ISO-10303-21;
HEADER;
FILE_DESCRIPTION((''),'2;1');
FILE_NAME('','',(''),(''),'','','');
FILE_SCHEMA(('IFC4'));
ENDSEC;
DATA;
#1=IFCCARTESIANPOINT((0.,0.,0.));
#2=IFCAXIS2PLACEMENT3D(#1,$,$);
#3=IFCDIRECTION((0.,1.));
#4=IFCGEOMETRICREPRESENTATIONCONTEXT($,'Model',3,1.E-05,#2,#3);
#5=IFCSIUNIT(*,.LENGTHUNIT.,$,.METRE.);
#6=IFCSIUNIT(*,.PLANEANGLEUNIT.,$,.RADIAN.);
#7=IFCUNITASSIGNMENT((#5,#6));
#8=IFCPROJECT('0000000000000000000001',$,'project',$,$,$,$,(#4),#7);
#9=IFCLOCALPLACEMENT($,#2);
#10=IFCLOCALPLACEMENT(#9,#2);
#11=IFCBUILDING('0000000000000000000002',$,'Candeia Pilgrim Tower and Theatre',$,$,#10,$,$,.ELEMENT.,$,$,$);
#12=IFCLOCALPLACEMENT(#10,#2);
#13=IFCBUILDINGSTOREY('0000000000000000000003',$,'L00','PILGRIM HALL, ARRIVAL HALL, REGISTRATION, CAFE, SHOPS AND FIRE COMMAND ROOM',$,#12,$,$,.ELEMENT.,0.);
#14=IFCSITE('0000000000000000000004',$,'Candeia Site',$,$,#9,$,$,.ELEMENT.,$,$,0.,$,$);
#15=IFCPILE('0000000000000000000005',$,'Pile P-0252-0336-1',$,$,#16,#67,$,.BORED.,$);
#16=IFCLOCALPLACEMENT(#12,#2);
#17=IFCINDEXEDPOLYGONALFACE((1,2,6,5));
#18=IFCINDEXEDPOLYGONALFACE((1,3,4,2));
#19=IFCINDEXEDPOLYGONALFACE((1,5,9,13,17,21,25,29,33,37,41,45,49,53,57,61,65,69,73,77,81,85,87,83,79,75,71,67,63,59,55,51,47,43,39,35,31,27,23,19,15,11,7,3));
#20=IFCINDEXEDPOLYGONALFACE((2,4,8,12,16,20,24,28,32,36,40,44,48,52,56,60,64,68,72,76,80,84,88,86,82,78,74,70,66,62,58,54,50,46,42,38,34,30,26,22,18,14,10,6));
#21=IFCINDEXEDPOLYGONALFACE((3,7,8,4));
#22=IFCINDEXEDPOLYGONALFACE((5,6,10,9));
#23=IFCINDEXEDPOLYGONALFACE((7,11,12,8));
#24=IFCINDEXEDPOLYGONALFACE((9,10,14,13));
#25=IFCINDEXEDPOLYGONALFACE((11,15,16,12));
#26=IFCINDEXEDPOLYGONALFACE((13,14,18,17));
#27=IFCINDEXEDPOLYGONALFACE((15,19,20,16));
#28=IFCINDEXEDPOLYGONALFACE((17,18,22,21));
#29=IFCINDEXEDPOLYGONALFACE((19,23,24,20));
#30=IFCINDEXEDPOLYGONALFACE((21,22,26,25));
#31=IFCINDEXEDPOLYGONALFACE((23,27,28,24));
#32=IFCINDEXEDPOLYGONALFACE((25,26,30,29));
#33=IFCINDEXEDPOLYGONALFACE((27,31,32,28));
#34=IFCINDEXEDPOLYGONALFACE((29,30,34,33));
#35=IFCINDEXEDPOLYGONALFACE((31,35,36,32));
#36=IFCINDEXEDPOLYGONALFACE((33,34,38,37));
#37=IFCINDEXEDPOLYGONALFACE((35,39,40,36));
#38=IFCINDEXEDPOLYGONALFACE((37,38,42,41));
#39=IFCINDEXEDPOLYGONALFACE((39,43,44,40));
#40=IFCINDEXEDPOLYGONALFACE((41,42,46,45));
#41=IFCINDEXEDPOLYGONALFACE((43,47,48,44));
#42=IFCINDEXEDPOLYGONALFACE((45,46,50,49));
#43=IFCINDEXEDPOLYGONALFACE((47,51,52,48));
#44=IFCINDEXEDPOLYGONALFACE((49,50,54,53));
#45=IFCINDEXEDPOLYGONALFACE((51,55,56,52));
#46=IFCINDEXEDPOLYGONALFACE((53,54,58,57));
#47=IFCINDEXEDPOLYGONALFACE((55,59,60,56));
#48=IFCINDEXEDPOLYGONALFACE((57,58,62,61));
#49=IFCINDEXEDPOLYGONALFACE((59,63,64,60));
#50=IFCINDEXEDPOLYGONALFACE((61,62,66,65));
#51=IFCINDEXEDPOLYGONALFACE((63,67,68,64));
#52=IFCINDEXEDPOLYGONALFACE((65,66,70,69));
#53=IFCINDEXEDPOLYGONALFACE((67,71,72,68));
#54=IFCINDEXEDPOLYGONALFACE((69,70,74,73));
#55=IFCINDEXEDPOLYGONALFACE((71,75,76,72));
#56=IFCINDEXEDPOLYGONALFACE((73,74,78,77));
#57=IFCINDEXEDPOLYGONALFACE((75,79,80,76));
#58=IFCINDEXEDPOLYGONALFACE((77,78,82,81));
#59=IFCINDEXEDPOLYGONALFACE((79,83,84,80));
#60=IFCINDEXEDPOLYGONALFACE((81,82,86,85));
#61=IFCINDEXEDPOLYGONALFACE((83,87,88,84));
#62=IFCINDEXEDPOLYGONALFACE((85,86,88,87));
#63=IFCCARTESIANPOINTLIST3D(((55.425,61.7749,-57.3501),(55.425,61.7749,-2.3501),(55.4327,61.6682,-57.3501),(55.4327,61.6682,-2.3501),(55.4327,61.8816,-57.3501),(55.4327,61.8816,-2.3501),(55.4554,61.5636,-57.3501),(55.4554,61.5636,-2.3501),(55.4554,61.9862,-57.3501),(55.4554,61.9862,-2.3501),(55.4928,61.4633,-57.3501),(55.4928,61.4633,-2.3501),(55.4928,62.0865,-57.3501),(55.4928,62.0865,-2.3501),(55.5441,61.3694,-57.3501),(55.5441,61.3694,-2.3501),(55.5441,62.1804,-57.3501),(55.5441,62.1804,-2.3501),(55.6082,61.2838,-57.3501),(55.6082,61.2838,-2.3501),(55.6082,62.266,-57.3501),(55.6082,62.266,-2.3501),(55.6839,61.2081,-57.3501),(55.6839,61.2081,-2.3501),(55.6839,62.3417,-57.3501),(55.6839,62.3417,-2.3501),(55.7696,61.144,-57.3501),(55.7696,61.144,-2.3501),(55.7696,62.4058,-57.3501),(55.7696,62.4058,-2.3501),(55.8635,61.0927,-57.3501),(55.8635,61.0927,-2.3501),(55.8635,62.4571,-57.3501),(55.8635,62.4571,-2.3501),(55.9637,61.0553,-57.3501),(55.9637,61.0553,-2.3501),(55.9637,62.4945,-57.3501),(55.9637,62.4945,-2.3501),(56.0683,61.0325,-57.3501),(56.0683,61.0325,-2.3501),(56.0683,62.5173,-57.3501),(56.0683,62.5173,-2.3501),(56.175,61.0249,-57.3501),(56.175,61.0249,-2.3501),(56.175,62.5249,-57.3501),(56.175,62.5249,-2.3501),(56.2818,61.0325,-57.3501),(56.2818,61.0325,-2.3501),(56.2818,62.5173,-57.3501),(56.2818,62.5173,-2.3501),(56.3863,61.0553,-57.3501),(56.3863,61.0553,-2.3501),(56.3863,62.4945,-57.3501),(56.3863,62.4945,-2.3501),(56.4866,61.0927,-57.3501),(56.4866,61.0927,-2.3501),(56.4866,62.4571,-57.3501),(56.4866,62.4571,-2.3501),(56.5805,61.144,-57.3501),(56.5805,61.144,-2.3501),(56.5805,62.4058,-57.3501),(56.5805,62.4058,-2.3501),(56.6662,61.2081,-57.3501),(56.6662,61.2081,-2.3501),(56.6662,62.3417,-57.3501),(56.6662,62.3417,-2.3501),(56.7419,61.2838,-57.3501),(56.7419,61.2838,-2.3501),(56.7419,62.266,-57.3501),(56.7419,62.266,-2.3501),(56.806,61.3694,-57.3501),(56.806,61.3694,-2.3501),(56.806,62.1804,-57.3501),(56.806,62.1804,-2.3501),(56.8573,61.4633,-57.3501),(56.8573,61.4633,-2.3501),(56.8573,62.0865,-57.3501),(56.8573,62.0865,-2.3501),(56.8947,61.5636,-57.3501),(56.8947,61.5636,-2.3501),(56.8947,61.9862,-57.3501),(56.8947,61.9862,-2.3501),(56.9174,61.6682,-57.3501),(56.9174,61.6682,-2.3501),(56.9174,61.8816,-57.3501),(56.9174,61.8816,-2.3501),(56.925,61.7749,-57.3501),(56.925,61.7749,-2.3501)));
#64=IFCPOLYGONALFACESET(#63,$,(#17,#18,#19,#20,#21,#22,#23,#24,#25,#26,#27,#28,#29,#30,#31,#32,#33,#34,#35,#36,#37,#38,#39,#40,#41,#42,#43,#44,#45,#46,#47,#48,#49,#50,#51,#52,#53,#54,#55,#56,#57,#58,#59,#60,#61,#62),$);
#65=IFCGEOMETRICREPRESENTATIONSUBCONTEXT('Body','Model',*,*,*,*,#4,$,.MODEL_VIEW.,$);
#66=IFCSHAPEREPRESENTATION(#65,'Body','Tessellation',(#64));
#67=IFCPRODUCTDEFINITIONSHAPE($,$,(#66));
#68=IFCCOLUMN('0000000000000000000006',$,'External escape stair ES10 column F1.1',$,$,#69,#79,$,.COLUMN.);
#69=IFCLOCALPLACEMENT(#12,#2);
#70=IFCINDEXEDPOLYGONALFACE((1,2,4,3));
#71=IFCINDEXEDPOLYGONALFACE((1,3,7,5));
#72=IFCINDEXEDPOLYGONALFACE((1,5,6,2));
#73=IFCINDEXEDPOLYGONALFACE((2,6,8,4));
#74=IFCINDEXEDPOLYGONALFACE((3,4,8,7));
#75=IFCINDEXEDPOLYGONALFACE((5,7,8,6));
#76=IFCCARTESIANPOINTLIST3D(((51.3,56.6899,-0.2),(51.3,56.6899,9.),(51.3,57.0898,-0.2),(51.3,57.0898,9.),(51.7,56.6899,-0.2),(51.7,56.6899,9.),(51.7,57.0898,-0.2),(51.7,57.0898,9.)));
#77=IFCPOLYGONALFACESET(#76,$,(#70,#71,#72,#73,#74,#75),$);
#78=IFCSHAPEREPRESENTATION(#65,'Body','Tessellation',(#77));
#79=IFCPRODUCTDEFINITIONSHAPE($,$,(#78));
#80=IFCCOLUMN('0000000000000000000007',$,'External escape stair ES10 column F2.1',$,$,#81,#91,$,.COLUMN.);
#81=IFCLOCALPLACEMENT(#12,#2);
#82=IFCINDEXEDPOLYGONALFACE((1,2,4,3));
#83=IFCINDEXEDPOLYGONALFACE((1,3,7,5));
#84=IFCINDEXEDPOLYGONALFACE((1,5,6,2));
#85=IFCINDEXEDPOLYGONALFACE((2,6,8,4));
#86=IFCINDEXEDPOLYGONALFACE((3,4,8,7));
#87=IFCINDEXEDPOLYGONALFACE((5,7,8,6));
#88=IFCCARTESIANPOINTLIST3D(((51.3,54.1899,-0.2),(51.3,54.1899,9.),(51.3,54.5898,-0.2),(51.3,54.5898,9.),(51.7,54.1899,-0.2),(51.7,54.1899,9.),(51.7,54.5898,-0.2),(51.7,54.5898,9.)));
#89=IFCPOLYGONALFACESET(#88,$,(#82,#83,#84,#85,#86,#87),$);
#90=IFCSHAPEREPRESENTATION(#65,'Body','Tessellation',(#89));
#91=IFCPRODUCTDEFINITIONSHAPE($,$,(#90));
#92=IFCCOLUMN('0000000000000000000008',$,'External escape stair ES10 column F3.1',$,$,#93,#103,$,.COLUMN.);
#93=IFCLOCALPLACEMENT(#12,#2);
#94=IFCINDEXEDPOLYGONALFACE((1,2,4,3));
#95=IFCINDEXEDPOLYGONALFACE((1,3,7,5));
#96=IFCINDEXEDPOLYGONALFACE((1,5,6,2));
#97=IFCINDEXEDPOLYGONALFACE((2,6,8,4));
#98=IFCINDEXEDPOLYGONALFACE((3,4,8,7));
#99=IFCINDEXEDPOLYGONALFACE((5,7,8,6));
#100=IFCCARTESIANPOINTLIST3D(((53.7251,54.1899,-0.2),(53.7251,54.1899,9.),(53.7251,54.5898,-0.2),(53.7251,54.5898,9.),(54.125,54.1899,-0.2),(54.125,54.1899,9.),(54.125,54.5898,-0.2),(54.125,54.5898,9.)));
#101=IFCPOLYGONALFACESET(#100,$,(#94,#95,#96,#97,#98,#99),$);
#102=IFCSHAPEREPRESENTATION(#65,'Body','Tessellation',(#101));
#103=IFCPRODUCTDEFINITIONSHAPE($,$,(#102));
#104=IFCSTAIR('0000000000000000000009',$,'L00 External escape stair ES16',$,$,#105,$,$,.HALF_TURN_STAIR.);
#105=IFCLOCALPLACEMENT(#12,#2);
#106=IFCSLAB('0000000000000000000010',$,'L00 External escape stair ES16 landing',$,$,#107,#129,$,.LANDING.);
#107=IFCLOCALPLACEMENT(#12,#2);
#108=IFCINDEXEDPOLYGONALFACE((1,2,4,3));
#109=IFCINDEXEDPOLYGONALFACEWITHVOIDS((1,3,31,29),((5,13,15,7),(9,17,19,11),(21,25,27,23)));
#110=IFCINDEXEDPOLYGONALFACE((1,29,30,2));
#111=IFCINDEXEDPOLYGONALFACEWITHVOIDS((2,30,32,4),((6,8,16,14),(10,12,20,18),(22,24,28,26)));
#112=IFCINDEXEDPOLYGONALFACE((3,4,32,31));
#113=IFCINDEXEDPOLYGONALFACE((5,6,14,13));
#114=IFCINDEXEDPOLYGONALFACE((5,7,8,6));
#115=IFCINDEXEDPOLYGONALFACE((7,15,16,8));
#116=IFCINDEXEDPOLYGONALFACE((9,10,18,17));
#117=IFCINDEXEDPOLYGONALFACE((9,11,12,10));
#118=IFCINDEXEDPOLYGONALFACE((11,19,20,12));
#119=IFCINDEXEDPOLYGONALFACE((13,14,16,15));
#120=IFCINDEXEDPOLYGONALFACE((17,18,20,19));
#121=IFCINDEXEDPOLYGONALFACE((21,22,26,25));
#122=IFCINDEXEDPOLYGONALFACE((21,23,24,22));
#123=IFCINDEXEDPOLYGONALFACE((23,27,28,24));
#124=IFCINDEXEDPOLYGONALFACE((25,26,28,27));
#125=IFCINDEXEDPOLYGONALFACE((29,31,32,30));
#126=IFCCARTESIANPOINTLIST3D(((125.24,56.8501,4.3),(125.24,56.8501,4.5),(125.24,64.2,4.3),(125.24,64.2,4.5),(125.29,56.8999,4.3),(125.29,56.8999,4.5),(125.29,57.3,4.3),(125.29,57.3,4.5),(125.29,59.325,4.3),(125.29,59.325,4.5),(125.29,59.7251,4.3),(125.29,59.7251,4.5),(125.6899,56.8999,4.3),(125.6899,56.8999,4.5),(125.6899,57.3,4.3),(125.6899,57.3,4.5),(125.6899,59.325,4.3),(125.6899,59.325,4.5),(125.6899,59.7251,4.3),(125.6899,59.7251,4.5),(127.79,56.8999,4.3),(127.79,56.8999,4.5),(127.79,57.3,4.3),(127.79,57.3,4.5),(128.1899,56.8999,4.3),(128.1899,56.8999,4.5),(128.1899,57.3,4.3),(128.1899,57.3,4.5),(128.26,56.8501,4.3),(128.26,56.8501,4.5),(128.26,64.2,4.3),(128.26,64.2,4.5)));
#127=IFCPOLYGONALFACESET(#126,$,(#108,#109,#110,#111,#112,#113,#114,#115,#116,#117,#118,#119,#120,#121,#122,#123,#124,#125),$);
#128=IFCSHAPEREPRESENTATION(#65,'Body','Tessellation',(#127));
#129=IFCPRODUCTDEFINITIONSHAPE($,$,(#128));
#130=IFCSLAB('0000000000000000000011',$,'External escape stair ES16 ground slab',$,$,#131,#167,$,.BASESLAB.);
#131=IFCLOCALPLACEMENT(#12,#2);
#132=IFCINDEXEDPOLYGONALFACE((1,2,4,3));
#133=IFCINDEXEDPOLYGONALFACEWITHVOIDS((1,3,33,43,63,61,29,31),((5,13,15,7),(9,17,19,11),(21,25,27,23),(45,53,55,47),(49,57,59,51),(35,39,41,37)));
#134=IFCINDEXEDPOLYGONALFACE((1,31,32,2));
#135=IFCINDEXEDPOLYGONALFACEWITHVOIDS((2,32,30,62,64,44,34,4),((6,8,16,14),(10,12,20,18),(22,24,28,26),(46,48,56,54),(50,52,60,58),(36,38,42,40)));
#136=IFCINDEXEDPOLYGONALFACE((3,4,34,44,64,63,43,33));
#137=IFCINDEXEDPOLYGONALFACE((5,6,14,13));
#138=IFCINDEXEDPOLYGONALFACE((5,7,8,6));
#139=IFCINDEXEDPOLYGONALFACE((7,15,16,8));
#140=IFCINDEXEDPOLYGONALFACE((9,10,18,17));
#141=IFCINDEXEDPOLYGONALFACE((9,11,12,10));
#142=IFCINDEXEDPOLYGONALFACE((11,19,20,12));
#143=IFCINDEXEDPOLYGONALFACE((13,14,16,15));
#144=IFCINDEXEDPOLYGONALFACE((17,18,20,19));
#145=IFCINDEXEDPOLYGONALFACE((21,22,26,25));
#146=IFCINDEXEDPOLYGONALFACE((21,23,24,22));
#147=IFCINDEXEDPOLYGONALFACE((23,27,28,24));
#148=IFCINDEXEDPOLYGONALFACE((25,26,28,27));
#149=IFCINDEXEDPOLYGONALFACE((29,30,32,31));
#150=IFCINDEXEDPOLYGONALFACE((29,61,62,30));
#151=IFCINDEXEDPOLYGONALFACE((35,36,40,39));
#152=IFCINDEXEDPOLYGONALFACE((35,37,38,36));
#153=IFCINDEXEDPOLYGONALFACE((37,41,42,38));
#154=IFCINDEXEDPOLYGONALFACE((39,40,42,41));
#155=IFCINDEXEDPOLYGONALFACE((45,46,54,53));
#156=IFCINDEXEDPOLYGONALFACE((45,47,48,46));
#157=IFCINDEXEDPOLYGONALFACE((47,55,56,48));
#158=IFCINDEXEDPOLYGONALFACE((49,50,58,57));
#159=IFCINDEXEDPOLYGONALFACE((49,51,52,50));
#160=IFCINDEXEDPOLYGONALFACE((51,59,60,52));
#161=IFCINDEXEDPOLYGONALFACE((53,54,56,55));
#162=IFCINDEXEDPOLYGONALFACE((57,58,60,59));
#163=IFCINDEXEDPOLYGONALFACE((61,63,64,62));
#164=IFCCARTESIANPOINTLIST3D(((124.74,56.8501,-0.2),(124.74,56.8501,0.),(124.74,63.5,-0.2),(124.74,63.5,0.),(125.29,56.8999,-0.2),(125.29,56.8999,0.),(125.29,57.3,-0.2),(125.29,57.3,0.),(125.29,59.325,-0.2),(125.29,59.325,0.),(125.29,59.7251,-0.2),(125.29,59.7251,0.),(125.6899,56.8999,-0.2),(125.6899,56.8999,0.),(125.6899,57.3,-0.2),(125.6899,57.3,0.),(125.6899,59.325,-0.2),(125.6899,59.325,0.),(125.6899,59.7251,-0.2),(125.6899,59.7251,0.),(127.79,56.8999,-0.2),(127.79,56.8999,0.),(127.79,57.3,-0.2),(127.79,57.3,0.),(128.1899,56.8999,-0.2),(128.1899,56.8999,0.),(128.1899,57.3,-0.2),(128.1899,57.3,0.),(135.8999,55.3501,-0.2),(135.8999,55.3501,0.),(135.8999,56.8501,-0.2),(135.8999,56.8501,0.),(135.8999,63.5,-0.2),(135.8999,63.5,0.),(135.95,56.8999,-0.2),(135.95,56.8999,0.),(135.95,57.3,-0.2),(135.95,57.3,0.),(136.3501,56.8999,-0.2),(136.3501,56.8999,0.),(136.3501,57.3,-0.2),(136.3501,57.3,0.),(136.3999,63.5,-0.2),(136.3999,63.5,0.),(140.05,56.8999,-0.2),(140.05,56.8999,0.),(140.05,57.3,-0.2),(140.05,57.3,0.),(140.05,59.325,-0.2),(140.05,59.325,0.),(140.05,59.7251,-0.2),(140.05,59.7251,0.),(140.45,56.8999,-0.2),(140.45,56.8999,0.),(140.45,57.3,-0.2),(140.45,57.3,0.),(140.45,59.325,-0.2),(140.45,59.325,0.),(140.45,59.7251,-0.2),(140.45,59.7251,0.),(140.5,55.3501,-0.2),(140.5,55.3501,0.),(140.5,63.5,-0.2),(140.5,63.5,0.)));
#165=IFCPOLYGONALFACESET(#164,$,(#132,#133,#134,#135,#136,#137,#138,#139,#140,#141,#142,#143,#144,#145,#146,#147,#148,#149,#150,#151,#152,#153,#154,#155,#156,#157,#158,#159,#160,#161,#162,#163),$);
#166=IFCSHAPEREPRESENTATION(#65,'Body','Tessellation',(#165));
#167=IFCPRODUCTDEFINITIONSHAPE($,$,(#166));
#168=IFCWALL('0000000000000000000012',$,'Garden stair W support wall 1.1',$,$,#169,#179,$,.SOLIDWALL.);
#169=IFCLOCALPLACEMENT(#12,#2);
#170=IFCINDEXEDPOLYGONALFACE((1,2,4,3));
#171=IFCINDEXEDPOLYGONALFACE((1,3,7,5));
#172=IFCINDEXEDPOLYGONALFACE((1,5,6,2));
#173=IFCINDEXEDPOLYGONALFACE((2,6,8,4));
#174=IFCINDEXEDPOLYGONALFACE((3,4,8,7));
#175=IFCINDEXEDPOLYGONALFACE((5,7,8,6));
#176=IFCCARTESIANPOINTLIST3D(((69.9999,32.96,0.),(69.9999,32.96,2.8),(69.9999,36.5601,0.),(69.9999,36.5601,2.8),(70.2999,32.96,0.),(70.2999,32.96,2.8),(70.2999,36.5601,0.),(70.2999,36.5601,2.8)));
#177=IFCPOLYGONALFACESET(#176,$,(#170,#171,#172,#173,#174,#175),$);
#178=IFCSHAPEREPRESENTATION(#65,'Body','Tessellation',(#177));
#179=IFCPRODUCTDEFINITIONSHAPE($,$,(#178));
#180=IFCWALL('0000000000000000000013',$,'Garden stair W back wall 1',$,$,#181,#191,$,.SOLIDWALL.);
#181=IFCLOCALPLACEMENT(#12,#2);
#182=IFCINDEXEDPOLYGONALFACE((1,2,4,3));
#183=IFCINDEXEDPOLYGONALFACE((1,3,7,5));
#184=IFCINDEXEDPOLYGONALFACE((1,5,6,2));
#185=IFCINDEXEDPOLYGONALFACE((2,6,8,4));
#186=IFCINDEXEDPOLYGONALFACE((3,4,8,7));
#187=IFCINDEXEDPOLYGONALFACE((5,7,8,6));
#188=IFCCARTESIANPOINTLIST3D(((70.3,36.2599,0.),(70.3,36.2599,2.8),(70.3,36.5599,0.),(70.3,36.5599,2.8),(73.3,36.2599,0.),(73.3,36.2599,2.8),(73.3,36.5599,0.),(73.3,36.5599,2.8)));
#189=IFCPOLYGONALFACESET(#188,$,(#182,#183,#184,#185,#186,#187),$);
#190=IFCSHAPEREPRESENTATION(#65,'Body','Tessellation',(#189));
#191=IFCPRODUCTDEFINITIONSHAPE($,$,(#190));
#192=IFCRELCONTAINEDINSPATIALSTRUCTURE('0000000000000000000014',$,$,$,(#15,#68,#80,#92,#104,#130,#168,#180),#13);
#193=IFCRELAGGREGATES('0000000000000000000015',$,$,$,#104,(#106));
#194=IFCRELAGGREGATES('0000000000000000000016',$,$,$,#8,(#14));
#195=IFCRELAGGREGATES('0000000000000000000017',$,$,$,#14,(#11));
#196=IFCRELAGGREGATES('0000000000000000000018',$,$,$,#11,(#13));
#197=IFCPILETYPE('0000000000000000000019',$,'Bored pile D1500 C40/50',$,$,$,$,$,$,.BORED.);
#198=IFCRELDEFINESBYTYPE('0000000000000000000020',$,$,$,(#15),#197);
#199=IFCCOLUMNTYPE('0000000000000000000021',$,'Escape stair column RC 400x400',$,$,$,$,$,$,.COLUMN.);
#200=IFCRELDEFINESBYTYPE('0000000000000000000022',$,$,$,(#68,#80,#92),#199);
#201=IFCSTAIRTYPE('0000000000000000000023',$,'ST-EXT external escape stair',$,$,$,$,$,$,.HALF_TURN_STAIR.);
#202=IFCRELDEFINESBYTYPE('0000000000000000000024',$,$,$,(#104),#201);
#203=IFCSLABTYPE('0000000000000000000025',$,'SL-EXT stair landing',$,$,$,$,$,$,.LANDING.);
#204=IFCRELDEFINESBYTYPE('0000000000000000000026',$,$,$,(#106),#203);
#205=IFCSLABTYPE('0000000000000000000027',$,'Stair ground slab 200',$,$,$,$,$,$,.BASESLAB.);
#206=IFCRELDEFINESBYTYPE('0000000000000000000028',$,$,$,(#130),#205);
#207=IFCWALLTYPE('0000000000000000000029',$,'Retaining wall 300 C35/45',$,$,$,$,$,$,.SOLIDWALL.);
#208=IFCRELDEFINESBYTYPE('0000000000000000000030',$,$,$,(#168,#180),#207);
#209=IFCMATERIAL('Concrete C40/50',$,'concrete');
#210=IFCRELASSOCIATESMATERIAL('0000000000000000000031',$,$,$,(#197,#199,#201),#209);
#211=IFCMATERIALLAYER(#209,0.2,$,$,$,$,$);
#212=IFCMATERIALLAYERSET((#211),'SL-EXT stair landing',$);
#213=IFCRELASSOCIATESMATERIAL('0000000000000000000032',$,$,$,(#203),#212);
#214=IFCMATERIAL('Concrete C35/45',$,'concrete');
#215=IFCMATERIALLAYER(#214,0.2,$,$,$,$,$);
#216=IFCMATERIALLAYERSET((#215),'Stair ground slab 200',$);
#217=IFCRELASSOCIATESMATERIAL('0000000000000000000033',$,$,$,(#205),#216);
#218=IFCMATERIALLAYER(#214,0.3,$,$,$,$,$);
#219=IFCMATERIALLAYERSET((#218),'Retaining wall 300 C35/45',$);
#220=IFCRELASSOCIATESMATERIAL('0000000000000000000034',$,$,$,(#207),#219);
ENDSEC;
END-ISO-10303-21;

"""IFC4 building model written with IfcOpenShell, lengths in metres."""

from ifc_helpers import new_model, si_unit, direction, frame, frame_2d, origin, origin_2d, place, context, subcontext, project, spatial, polyline, rectangle, circle, outline, extrude, material, layer, layer_set, material_profile, profile_set, type_object, element, aggregate, save


model = new_model("IFC4")

# Units and contexts
model_context = context("Model", 3, precision=1e-05, world=origin(), true_north=direction((0.0, 1.0)))
body_context = subcontext(model_context, "Body", "Model", "MODEL_VIEW")
ifc_project = project(units=[si_unit("LENGTHUNIT", "METRE"), si_unit("PLANEANGLEUNIT", "RADIAN")], contexts=[model_context])

# Site, building, storey
site_placement = place(None, origin())
site = spatial("IfcSite", under=ifc_project, at=site_placement, Name="Candeia Site", CompositionType="ELEMENT", RefElevation=0.0)
building_placement = place(site_placement, origin())
building = spatial("IfcBuilding", under=site, at=building_placement, Name="Candeia Pilgrim Tower and Theatre", CompositionType="ELEMENT")
storey_placement = place(building_placement, origin())
storey = spatial("IfcBuildingStorey", under=building, at=storey_placement, Name="L00", Description="PILGRIM HALL, ARRIVAL HALL, REGISTRATION, CAFE, SHOPS AND FIRE COMMAND ROOM", CompositionType="ELEMENT", Elevation=0.0)

# Pile
ifc_material_1 = material(Name="Concrete C40/50", Category="concrete")
ifc_material_profile_1 = material_profile(ifc_material_1, circle(Radius=0.75, at=origin_2d()))
ifc_profile_set_1 = profile_set([ifc_material_profile_1], Name="Concrete C40/50")
pile_type = type_object("IfcPileType", Name="Bored pile D1500 C40/50", PredefinedType="BORED", material=ifc_profile_set_1)
pile_placement = place(storey_placement, frame((56.175, 61.7749, -2.3501), z_axis=(0.0, 0.0, -1.0), x_axis=(1.0, 0.0, 0.0)))
element("IfcPile", 1, at=pile_placement, inside=storey, type_object=pile_type, Name="Pile P-0252-0336-1", PredefinedType="BORED", context=body_context, shape_type="SweptSolid", body=[
    extrude(circle(Radius=0.75, at=origin_2d()), origin(), (0.0, 0.0, 1.0), 55.0),
])

# Columns
ifc_material_profile_2 = material_profile(ifc_material_1, rectangle(XDim=0.3999, YDim=0.3999, at=origin_2d()))
ifc_profile_set_2 = profile_set([ifc_material_profile_2], Name="Concrete C40/50")
column_type = type_object("IfcColumnType", Name="Escape stair column RC 400x400", PredefinedType="COLUMN", material=ifc_profile_set_2)
for number, where, z_axis, x_axis, name in (
    (2, (51.5, 56.8899, -0.2), (0.0, 0.0, 1.0), (1.0, 0.0, 0.0), "External escape stair ES10 column F1.1"),
    (3, (51.5, 54.3899, -0.2), (0.0, 0.0, 1.0), (1.0, 0.0, 0.0), "External escape stair ES10 column F2.1"),
    (4, (53.925, 54.3899, -0.2), (0.0, 0.0, 1.0), (1.0, 0.0, 0.0), "External escape stair ES10 column F3.1"),
):
    element("IfcColumn", number, at=place(storey_placement, frame(where, z_axis=z_axis, x_axis=x_axis)), inside=storey, type_object=column_type, Name=name, PredefinedType="COLUMN", context=body_context, shape_type="SweptSolid", body=[
        extrude(rectangle(XDim=0.3999, YDim=0.3999, at=origin_2d()), origin(), (0.0, 0.0, 1.0), 9.2),
    ])

# Stair, slab
stair_type_1 = type_object("IfcStairType", Name="ST-EXT external escape stair", PredefinedType="HALF_TURN_STAIR", material=ifc_material_1)
stair_1_placement = place(storey_placement, origin())
stair_1 = element("IfcStair", 5, at=stair_1_placement, inside=storey, type_object=stair_type_1, Name="L00 External escape stair ES16", PredefinedType="HALF_TURN_STAIR")
ifc_layer_1 = layer(ifc_material_1, 0.2)
ifc_layer_set_1 = layer_set([ifc_layer_1], Name="SL-EXT stair landing")
slab_type_1 = type_object("IfcSlabType", Name="SL-EXT stair landing", PredefinedType="LANDING", material=ifc_layer_set_1)
slab_1_placement = place(storey_placement, frame((0.0, 0.0, 4.3)))
slab_1 = element("IfcSlab", 6, at=slab_1_placement, type_object=slab_type_1, Name="L00 External escape stair ES16 landing", PredefinedType="LANDING", context=body_context, shape_type="SweptSolid", body=[
    extrude(outline(polyline([(128.26, 64.2), (125.24, 64.2), (125.24, 56.8501), (128.26, 56.8501), (128.26, 64.2)]), holes=[polyline([(127.79, 56.8999), (128.1899, 56.8999), (128.1899, 57.3), (127.79, 57.3), (127.79, 56.8999)]), polyline([(125.29, 56.8999), (125.6899, 56.8999), (125.6899, 57.3), (125.29, 57.3), (125.29, 56.8999)]), polyline([(125.29, 59.325), (125.6899, 59.325), (125.6899, 59.7251), (125.29, 59.7251), (125.29, 59.325)])]), origin(), (0.0, 0.0, 1.0), 0.2),
])
aggregate(stair_1, [slab_1])

# Slab
ifc_material_2 = material(Name="Concrete C35/45", Category="concrete")
ifc_layer_2 = layer(ifc_material_2, 0.2)
ifc_layer_set_2 = layer_set([ifc_layer_2], Name="Stair ground slab 200")
slab_type_2 = type_object("IfcSlabType", Name="Stair ground slab 200", PredefinedType="BASESLAB", material=ifc_layer_set_2)
slab_2_placement = place(storey_placement, frame((0.0, 0.0, -0.2)))
element("IfcSlab", 7, at=slab_2_placement, inside=storey, type_object=slab_type_2, Name="External escape stair ES16 ground slab", PredefinedType="BASESLAB", context=body_context, shape_type="SweptSolid", body=[
    extrude(outline(polyline([(135.8999, 55.3501), (135.8999, 56.8501), (124.74, 56.8501), (124.74, 63.5), (135.8999, 63.5), (136.3999, 63.5), (140.5, 63.5), (140.5, 55.3501), (135.8999, 55.3501)]), holes=[polyline([(125.6899, 56.8999), (125.6899, 57.3), (125.29, 57.3), (125.29, 56.8999), (125.6899, 56.8999)]), polyline([(127.79, 56.8999), (128.1899, 56.8999), (128.1899, 57.3), (127.79, 57.3), (127.79, 56.8999)]), polyline([(135.95, 56.8999), (136.3501, 56.8999), (136.3501, 57.3), (135.95, 57.3), (135.95, 56.8999)]), polyline([(140.45, 56.8999), (140.45, 57.3), (140.05, 57.3), (140.05, 56.8999), (140.45, 56.8999)]), polyline([(125.29, 59.325), (125.6899, 59.325), (125.6899, 59.7251), (125.29, 59.7251), (125.29, 59.325)]), polyline([(140.05, 59.325), (140.45, 59.325), (140.45, 59.7251), (140.05, 59.7251), (140.05, 59.325)])]), origin(), (0.0, 0.0, 1.0), 0.2),
])

# Walls
ifc_layer_3 = layer(ifc_material_2, 0.3)
ifc_layer_set_3 = layer_set([ifc_layer_3], Name="Retaining wall 300 C35/45")
wall_type = type_object("IfcWallType", Name="Retaining wall 300 C35/45", PredefinedType="SOLIDWALL", material=ifc_layer_set_3)
wall_1_placement = place(storey_placement, frame((70.1499, 32.96, 0.0), z_axis=(0.0, 0.0, 1.0), x_axis=(0.0, 1.0, 0.0)))
element("IfcWall", 8, at=wall_1_placement, inside=storey, type_object=wall_type, Name="Garden stair W support wall 1.1", PredefinedType="SOLIDWALL", context=body_context, shape_type="SweptSolid", body=[
    extrude(rectangle(XDim=3.6001, YDim=0.3, at=frame_2d((1.8, 0.0))), origin(), (0.0, 0.0, 1.0), 2.8),
])
wall_2_placement = place(storey_placement, frame((70.3, 36.4099, 0.0), z_axis=(0.0, 0.0, 1.0), x_axis=(1.0, 0.0, 0.0)))
element("IfcWall", 9, at=wall_2_placement, inside=storey, type_object=wall_type, Name="Garden stair W back wall 1", PredefinedType="SOLIDWALL", context=body_context, shape_type="SweptSolid", body=[
    extrude(rectangle(XDim=3.0, YDim=0.3, at=frame_2d((1.5, 0.0))), origin(), (0.0, 0.0, 1.0), 2.8),
])

save(model, "model.ifc")
